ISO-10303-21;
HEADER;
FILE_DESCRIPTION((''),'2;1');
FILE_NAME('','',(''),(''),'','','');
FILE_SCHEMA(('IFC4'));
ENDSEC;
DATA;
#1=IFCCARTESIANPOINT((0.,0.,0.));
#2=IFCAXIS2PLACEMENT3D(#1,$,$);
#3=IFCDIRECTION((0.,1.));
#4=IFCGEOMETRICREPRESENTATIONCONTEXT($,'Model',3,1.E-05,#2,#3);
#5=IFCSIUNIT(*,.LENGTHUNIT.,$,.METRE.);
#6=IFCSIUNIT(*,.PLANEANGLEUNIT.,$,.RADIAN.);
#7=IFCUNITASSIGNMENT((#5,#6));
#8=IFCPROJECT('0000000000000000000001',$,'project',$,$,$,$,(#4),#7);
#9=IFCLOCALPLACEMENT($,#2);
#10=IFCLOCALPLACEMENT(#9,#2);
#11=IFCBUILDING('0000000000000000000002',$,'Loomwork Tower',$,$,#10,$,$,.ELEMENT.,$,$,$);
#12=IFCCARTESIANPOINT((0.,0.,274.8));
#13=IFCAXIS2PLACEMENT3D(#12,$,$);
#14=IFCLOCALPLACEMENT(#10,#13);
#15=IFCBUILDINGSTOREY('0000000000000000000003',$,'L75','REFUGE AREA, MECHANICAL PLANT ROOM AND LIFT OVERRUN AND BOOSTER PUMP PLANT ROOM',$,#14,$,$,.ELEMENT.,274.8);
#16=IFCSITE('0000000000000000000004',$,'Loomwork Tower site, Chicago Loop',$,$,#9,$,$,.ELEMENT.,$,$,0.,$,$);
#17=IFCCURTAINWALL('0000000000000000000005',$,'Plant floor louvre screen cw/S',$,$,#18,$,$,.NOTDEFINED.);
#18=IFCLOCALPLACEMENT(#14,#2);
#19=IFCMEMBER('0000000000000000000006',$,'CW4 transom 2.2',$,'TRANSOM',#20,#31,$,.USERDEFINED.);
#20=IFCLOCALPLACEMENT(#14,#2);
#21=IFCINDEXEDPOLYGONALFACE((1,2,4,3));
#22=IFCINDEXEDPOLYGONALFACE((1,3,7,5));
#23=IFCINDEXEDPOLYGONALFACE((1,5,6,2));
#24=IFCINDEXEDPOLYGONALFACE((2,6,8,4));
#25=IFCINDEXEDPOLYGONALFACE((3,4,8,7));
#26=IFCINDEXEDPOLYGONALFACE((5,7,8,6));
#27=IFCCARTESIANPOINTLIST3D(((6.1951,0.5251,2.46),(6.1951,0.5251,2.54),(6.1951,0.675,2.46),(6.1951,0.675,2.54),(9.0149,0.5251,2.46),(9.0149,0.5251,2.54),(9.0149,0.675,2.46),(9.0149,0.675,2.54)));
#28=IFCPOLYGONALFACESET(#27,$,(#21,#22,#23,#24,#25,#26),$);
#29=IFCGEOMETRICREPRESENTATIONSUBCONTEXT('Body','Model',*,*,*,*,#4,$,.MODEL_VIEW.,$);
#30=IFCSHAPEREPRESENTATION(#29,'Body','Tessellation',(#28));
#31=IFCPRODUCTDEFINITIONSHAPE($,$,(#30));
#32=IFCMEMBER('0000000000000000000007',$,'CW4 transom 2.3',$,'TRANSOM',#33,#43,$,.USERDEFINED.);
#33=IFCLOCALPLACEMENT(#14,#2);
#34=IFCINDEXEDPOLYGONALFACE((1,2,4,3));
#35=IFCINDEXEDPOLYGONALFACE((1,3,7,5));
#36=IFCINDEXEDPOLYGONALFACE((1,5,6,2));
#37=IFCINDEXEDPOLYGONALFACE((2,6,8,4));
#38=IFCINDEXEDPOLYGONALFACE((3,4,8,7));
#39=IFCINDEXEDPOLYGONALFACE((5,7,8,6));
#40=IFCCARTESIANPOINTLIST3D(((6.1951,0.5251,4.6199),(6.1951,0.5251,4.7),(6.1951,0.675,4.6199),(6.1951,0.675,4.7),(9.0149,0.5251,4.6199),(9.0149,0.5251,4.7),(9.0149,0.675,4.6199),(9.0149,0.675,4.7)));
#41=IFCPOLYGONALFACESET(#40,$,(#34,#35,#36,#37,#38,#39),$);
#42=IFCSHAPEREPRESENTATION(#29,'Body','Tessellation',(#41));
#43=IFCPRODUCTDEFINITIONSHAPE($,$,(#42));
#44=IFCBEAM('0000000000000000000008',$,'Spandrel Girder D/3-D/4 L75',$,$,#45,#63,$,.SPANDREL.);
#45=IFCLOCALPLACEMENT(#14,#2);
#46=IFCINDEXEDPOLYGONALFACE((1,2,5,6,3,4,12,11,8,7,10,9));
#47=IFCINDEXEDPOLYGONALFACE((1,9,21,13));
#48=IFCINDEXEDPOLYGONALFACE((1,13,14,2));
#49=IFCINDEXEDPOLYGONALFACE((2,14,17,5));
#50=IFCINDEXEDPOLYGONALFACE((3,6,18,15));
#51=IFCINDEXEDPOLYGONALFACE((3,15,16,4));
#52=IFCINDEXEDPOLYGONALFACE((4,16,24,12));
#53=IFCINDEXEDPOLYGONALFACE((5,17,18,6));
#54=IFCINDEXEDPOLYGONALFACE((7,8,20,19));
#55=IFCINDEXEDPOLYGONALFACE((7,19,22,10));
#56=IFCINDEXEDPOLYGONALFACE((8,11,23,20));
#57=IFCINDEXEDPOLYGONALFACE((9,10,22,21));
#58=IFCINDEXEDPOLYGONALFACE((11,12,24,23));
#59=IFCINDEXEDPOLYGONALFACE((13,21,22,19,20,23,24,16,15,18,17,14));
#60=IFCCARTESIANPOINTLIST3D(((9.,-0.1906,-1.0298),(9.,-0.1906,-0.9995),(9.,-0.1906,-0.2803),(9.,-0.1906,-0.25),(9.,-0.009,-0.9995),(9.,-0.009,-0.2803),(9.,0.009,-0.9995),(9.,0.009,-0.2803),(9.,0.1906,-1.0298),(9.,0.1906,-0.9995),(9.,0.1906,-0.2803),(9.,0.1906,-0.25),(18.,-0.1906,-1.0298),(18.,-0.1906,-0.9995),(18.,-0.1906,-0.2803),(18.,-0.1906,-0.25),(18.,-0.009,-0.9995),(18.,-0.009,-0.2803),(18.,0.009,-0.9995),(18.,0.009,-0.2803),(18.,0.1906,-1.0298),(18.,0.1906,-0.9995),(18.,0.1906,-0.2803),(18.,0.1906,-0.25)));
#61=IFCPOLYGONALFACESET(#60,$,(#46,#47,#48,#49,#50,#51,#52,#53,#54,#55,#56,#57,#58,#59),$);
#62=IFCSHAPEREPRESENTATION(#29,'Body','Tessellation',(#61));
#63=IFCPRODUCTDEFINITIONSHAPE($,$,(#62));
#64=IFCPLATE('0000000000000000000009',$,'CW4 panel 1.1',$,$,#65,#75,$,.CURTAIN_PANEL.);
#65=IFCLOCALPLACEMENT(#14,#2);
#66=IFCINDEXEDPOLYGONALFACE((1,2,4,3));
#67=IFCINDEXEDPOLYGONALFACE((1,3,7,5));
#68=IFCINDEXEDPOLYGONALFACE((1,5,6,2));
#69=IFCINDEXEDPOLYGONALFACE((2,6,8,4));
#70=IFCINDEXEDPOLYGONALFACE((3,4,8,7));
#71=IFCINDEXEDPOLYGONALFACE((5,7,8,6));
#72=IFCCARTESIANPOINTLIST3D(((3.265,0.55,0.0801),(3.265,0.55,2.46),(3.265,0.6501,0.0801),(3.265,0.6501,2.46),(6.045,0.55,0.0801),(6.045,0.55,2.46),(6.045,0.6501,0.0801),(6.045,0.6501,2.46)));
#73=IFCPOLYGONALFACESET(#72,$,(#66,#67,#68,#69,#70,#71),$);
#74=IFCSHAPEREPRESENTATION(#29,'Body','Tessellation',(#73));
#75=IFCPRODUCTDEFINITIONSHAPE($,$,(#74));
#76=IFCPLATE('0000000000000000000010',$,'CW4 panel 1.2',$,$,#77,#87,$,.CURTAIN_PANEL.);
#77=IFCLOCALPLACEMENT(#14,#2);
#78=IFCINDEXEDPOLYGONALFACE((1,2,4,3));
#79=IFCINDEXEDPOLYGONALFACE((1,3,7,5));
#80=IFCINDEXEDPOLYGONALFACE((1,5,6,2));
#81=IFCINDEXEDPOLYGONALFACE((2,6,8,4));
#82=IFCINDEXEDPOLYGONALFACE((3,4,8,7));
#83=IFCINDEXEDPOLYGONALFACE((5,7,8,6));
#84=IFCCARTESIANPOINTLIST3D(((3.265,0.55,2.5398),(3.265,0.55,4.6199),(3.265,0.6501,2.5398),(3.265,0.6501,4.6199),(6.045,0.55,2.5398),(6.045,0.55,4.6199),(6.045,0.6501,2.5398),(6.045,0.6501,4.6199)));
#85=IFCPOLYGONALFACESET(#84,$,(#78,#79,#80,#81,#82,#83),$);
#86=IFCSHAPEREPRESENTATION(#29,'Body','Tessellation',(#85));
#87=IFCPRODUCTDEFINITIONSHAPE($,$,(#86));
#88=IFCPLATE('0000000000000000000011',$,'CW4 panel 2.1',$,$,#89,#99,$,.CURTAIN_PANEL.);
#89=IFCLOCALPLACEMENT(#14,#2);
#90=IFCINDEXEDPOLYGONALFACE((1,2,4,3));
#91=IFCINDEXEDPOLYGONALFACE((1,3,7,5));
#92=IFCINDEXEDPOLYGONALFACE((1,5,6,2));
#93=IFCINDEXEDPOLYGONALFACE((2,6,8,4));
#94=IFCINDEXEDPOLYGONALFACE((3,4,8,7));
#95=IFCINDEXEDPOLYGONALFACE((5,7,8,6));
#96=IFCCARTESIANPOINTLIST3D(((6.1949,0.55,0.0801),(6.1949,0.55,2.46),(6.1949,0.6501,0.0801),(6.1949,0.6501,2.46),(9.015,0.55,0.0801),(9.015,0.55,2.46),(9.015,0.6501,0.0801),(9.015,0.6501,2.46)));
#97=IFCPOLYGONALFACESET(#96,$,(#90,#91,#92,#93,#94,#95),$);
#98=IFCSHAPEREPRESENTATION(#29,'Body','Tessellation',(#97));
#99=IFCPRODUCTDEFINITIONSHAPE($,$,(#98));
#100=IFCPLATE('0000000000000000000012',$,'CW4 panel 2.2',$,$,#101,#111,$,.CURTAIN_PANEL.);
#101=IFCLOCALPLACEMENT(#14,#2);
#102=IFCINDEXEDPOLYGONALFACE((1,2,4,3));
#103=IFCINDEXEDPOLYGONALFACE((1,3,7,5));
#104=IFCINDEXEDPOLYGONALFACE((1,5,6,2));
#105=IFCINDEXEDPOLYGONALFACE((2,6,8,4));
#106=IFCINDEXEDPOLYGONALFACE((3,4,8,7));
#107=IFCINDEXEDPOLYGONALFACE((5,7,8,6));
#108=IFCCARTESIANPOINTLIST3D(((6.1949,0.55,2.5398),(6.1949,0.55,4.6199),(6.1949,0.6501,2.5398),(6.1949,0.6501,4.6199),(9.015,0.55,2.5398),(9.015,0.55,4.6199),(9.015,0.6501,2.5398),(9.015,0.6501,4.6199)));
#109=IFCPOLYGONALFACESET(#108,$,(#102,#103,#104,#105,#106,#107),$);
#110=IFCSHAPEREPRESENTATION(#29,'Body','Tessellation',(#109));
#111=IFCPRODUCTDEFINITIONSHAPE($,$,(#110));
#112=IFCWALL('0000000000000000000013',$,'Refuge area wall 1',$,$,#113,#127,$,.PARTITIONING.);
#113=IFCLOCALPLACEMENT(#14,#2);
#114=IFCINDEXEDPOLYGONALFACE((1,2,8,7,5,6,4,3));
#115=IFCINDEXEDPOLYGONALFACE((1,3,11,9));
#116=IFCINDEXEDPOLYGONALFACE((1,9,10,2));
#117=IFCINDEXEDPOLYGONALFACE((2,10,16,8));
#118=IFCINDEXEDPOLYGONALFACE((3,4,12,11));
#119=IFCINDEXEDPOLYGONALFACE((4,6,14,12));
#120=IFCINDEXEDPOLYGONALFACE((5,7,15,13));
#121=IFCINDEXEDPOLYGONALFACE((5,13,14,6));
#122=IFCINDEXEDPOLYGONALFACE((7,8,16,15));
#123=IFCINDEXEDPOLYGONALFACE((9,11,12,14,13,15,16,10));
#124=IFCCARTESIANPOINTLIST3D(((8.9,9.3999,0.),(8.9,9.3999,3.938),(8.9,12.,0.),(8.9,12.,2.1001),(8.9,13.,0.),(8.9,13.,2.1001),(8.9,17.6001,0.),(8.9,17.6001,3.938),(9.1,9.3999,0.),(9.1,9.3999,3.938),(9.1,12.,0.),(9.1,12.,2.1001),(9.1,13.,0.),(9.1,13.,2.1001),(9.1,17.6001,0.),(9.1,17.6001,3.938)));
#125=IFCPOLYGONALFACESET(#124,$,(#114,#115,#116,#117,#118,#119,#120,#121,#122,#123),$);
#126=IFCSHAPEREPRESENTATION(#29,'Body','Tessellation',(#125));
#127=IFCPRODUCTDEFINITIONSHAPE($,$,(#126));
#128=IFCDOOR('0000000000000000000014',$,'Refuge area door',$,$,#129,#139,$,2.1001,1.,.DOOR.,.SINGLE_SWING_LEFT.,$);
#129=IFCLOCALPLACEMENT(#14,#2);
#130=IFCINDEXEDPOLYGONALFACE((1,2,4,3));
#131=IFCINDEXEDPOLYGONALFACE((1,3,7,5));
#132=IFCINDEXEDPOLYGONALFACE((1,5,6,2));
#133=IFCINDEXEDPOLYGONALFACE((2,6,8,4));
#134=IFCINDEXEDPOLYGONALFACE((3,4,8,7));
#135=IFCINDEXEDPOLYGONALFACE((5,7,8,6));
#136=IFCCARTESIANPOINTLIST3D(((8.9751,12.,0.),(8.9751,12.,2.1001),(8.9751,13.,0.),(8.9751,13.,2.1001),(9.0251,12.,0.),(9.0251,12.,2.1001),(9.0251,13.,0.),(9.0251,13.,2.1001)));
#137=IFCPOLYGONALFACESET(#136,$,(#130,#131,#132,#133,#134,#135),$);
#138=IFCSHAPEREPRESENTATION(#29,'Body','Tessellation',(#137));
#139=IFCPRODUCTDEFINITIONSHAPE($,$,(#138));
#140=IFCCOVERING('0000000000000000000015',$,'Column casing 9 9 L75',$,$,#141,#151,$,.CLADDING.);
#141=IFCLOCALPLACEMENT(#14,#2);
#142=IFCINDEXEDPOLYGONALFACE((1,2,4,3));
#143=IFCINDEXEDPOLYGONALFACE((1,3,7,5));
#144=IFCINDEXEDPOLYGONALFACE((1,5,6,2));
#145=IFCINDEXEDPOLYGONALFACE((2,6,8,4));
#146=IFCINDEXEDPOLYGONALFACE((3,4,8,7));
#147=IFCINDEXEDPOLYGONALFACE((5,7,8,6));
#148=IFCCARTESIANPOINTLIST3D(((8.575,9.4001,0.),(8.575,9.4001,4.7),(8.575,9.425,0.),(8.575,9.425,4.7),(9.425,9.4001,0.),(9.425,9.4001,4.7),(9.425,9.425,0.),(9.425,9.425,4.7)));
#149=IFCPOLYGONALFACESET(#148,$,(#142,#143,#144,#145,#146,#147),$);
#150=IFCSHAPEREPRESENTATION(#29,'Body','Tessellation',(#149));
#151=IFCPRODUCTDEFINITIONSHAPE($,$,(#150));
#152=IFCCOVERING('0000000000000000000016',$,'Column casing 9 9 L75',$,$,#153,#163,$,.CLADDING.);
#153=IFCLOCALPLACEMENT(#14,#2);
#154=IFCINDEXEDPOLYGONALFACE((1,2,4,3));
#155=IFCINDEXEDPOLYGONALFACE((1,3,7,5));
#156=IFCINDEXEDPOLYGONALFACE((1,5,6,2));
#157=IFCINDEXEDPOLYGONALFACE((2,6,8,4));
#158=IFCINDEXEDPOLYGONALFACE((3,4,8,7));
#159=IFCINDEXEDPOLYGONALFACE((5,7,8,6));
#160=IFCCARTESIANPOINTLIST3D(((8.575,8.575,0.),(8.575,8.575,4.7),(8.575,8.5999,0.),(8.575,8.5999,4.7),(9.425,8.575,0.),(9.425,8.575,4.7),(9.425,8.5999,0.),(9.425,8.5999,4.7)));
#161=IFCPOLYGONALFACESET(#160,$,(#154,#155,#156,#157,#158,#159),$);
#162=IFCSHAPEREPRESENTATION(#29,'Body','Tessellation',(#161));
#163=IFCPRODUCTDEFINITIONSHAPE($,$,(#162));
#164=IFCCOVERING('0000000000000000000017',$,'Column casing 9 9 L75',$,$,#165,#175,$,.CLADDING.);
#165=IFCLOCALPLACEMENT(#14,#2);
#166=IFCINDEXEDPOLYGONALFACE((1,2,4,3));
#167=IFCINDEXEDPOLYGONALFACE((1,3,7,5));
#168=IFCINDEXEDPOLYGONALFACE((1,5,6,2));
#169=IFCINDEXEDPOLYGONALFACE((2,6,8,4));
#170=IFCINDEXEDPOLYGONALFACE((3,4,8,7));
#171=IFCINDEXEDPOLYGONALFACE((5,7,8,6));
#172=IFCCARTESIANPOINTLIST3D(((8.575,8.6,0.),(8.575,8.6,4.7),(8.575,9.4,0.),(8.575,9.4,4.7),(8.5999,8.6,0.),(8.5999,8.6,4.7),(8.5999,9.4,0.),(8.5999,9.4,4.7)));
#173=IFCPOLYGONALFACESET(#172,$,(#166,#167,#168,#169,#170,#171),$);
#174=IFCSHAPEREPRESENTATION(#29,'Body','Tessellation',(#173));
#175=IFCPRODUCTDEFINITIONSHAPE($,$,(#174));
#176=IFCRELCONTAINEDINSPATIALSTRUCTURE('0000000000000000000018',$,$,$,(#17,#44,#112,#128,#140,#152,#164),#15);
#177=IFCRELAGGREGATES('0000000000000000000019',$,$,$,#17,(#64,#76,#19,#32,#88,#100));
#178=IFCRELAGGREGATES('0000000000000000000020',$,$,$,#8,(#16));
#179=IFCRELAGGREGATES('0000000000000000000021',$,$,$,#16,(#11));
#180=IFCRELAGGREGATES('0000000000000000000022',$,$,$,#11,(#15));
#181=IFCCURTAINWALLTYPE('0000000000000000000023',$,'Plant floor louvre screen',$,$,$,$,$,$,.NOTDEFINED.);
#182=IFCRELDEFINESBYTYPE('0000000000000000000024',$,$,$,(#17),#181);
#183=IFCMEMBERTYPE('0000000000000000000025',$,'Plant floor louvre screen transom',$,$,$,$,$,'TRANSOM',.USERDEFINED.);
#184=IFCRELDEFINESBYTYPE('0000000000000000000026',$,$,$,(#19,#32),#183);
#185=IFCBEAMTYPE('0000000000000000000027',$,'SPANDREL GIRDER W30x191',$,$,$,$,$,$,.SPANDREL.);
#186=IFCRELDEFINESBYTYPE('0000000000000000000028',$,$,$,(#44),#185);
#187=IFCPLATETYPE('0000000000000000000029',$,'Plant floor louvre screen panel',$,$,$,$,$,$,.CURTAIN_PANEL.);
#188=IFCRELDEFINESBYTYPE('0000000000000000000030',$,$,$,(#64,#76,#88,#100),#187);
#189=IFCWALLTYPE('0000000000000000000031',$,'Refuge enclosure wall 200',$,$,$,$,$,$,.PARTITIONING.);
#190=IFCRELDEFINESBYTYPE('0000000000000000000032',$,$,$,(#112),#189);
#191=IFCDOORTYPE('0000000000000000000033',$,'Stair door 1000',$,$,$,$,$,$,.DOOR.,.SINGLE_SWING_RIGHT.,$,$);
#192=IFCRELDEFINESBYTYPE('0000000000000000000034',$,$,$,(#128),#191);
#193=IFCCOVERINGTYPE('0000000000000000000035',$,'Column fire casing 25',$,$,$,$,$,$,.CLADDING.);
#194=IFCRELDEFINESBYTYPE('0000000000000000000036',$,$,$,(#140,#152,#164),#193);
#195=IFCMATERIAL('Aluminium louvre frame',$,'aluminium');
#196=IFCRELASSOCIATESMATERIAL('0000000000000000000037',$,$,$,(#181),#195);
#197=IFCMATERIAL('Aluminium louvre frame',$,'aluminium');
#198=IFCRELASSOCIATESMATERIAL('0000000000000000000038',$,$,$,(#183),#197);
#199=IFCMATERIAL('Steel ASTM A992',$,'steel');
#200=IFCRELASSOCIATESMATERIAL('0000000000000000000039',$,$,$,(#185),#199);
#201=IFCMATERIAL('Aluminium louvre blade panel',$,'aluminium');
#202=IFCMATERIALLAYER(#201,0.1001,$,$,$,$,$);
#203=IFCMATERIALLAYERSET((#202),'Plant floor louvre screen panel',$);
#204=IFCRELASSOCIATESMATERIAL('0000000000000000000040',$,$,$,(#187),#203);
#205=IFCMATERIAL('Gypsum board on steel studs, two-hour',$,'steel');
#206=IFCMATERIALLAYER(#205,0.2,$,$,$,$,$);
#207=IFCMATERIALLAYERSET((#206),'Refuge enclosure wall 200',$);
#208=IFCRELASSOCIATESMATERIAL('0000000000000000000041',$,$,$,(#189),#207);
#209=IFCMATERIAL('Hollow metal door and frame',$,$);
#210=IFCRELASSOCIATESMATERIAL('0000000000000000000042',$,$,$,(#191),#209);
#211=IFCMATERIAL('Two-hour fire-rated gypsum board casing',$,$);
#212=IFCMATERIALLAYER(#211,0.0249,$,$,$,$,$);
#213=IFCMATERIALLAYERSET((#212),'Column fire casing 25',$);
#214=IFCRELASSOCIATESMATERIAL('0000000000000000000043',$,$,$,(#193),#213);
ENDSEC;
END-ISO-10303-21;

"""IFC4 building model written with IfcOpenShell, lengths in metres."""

from ifc_helpers import new_model, si_unit, direction, frame, frame_2d, origin, origin_2d, place, context, subcontext, project, spatial, rectangle, i_section, extrude, material, layer, layer_set, material_profile, profile_set, type_object, element, fill, aggregate, save


model = new_model("IFC4")

# Units and contexts
model_context = context("Model", 3, precision=1e-05, world=origin(), true_north=direction((0.0, 1.0)))
body_context = subcontext(model_context, "Body", "Model", "MODEL_VIEW")
ifc_project = project(units=[si_unit("LENGTHUNIT", "METRE"), si_unit("PLANEANGLEUNIT", "RADIAN")], contexts=[model_context])

# Site, building, storey
site_placement = place(None, origin())
site = spatial("IfcSite", under=ifc_project, at=site_placement, Name="Loomwork Tower site, Chicago Loop", CompositionType="ELEMENT", RefElevation=0.0)
building_placement = place(site_placement, origin())
building = spatial("IfcBuilding", under=site, at=building_placement, Name="Loomwork Tower", CompositionType="ELEMENT")
storey_placement = place(building_placement, frame((0.0, 0.0, 274.8)))
storey = spatial("IfcBuildingStorey", under=building, at=storey_placement, Name="L75", Description="REFUGE AREA, MECHANICAL PLANT ROOM AND LIFT OVERRUN AND BOOSTER PUMP PLANT ROOM", CompositionType="ELEMENT", Elevation=274.8)

# Curtain wall, members
ifc_material_1 = material(Name="Aluminium louvre frame", Category="aluminium")
curtain_wall_type = type_object("IfcCurtainWallType", Name="Plant floor louvre screen", PredefinedType="NOTDEFINED", material=ifc_material_1)
curtain_wall_placement = place(storey_placement, origin())
curtain_wall = element("IfcCurtainWall", 1, at=curtain_wall_placement, inside=storey, type_object=curtain_wall_type, Name="Plant floor louvre screen cw/S", PredefinedType="NOTDEFINED")
ifc_material_2 = material(Name="Aluminium louvre frame", Category="aluminium")
ifc_material_profile_1 = material_profile(ifc_material_2, rectangle(XDim=0.1499, YDim=0.0801, at=origin_2d()), Name="AL 80x150")
ifc_profile_set_1 = profile_set([ifc_material_profile_1], Name="Aluminium louvre frame")
member_type_1 = type_object("IfcMemberType", Name="Plant floor louvre screen transom", ElementType="TRANSOM", PredefinedType="USERDEFINED", material=ifc_profile_set_1)
member_1_placement = place(storey_placement, frame((6.1951, 0.6001, 2.5), z_axis=(1.0, 0.0, 0.0), x_axis=(0.0, 1.0, 0.0)))
member_1 = element("IfcMember", 2, at=member_1_placement, type_object=member_type_1, Name="CW4 transom 2.2", ObjectType="TRANSOM", PredefinedType="USERDEFINED", context=body_context, shape_type="SweptSolid", body=[
    extrude(rectangle(XDim=0.1499, YDim=0.0801, at=origin_2d()), origin(), (0.0, 0.0, 1.0), 2.8198),
])
member_2_placement = place(storey_placement, frame((6.1951, 0.6001, 4.6599), z_axis=(1.0, 0.0, 0.0), x_axis=(0.0, 1.0, 0.0)))
member_2 = element("IfcMember", 3, at=member_2_placement, type_object=member_type_1, Name="CW4 transom 2.3", ObjectType="TRANSOM", PredefinedType="USERDEFINED", context=body_context, shape_type="SweptSolid", body=[
    extrude(rectangle(XDim=0.1499, YDim=0.0801, at=origin_2d()), origin(), (0.0, 0.0, 1.0), 2.8198),
])

# Beam
ifc_material_3 = material(Name="Steel ASTM A992", Category="steel")
ifc_material_profile_2 = material_profile(ifc_material_3, i_section(OverallWidth=0.3811, OverallDepth=0.7798, WebThickness=0.0181, FlangeThickness=0.0303, at=origin_2d()), Name="W30x191")
ifc_profile_set_2 = profile_set([ifc_material_profile_2], Name="Steel ASTM A992")
beam_type_1 = type_object("IfcBeamType", Name="SPANDREL GIRDER W30x191", PredefinedType="SPANDREL", material=ifc_profile_set_2)
beam_1_placement = place(storey_placement, frame((9.0, 0.0, -0.6399), z_axis=(1.0, 0.0, 0.0), x_axis=(0.0, 1.0, 0.0)))
element("IfcBeam", 4, at=beam_1_placement, inside=storey, type_object=beam_type_1, Name="Spandrel Girder D/3-D/4 L75", PredefinedType="SPANDREL", context=body_context, shape_type="SweptSolid", body=[
    extrude(i_section(OverallWidth=0.3811, OverallDepth=0.7798, WebThickness=0.0181, FlangeThickness=0.0303, at=origin_2d()), origin(), (0.0, 0.0, 1.0), 9.0),
])

# Plates
ifc_material_4 = material(Name="Aluminium louvre blade panel", Category="aluminium")
ifc_layer_1 = layer(ifc_material_4, 0.1001)
ifc_layer_set_1 = layer_set([ifc_layer_1], Name="Plant floor louvre screen panel")
plate_type = type_object("IfcPlateType", Name="Plant floor louvre screen panel", PredefinedType="CURTAIN_PANEL", material=ifc_layer_set_1)
plate_1_placement = place(storey_placement, frame((4.655, 0.6001, 0.0801), z_axis=(0.0, 0.0, 1.0), x_axis=(1.0, 0.0, 0.0)))
plate_1 = element("IfcPlate", 5, at=plate_1_placement, type_object=plate_type, Name="CW4 panel 1.1", PredefinedType="CURTAIN_PANEL", context=body_context, shape_type="SweptSolid", body=[
    extrude(rectangle(XDim=2.78, YDim=0.1001, at=origin_2d()), origin(), (0.0, 0.0, 1.0), 2.3799),
])
plate_2_placement = place(storey_placement, frame((4.655, 0.6001, 2.5398), z_axis=(0.0, 0.0, 1.0), x_axis=(1.0, 0.0, 0.0)))
plate_2 = element("IfcPlate", 6, at=plate_2_placement, type_object=plate_type, Name="CW4 panel 1.2", PredefinedType="CURTAIN_PANEL", context=body_context, shape_type="SweptSolid", body=[
    extrude(rectangle(XDim=2.78, YDim=0.1001, at=origin_2d()), origin(), (0.0, 0.0, 1.0), 2.0801),
])
plate_3_placement = place(storey_placement, frame((7.605, 0.6001, 0.0801), z_axis=(0.0, 0.0, 1.0), x_axis=(1.0, 0.0, 0.0)))
plate_3 = element("IfcPlate", 7, at=plate_3_placement, type_object=plate_type, Name="CW4 panel 2.1", PredefinedType="CURTAIN_PANEL", context=body_context, shape_type="SweptSolid", body=[
    extrude(rectangle(XDim=2.8201, YDim=0.1001, at=origin_2d()), origin(), (0.0, 0.0, 1.0), 2.3799),
])
plate_4_placement = place(storey_placement, frame((7.605, 0.6001, 2.5398), z_axis=(0.0, 0.0, 1.0), x_axis=(1.0, 0.0, 0.0)))
plate_4 = element("IfcPlate", 8, at=plate_4_placement, type_object=plate_type, Name="CW4 panel 2.2", PredefinedType="CURTAIN_PANEL", context=body_context, shape_type="SweptSolid", body=[
    extrude(rectangle(XDim=2.8201, YDim=0.1001, at=origin_2d()), origin(), (0.0, 0.0, 1.0), 2.0801),
])
aggregate(curtain_wall, [plate_1, plate_2, member_1, member_2, plate_3, plate_4])

# Wall, opening, door
ifc_material_5 = material(Name="Gypsum board on steel studs, two-hour", Category="steel")
ifc_layer_2 = layer(ifc_material_5, 0.2)
ifc_layer_set_2 = layer_set([ifc_layer_2], Name="Refuge enclosure wall 200")
wall_type = type_object("IfcWallType", Name="Refuge enclosure wall 200", PredefinedType="PARTITIONING", material=ifc_layer_set_2)
wall_placement = place(storey_placement, frame((9.0, 9.3999, 0.0), z_axis=(0.0, 0.0, 1.0), x_axis=(0.0, 1.0, 0.0)))
wall = element("IfcWall", 9, at=wall_placement, inside=storey, type_object=wall_type, Name="Refuge area wall 1", PredefinedType="PARTITIONING", context=body_context, shape_type="SweptSolid", body=[
    extrude(rectangle(XDim=8.2002, YDim=0.2, at=frame_2d((4.1001, 0.0))), origin(), (0.0, 0.0, 1.0), 3.938),
])
opening_placement = place(wall_placement, frame((2.6001, 0.0, 0.0)))
opening = element("IfcOpeningElement", 10, at=opening_placement, cuts=wall, PredefinedType="OPENING", context=body_context, shape_type="SweptSolid", body=[
    extrude(rectangle(XDim=1.0, YDim=2.1001, at=frame_2d((0.5, 1.05))), frame((0.0, 0.1099, 0.0), z_axis=(0.0, -1.0, 0.0), x_axis=(1.0, 0.0, 0.0)), (0.0, 0.0, 1.0), 0.22),
])
ifc_material_6 = material(Name="Hollow metal door and frame")
door_type = type_object("IfcDoorType", Name="Stair door 1000", OperationType="SINGLE_SWING_RIGHT", PredefinedType="DOOR", material=ifc_material_6)
door_placement = place(opening_placement, origin())
door = element("IfcDoor", 11, at=door_placement, inside=storey, type_object=door_type, Name="Refuge area door", OperationType="SINGLE_SWING_LEFT", OverallHeight=2.1001, OverallWidth=1.0, PredefinedType="DOOR", context=body_context, shape_type="SweptSolid", body=[
    extrude(rectangle(XDim=1.0, YDim=2.1001, at=frame_2d((0.5, 1.05))), frame((0.0, 0.0249, 0.0), z_axis=(0.0, -1.0, 0.0), x_axis=(1.0, 0.0, 0.0)), (0.0, 0.0, 1.0), 0.05),
])
fill(opening, door)

# Coverings
ifc_material_7 = material(Name="Two-hour fire-rated gypsum board casing")
ifc_layer_3 = layer(ifc_material_7, 0.0249)
ifc_layer_set_3 = layer_set([ifc_layer_3], Name="Column fire casing 25")
covering_type_1 = type_object("IfcCoveringType", Name="Column fire casing 25", PredefinedType="CLADDING", material=ifc_layer_set_3)
for number, where, z_axis, x_axis, name in (
    (12, (9.0, 9.4126, 0.0), (0.0, 0.0, 1.0), (1.0, 0.0, 0.0), "Column casing 9 9 L75"),
    (13, (9.0, 8.5874, 0.0), (0.0, 0.0, 1.0), (1.0, 0.0, 0.0), "Column casing 9 9 L75"),
):
    element("IfcCovering", number, at=place(storey_placement, frame(where, z_axis=z_axis, x_axis=x_axis)), inside=storey, type_object=covering_type_1, Name=name, PredefinedType="CLADDING", context=body_context, shape_type="SweptSolid", body=[
        extrude(rectangle(XDim=0.8501, YDim=0.0249, at=origin_2d()), origin(), (0.0, 0.0, 1.0), 4.7),
    ])
covering_1_placement = place(storey_placement, frame((8.5874, 9.0, 0.0), z_axis=(0.0, 0.0, 1.0), x_axis=(1.0, 0.0, 0.0)))
element("IfcCovering", 14, at=covering_1_placement, inside=storey, type_object=covering_type_1, Name="Column casing 9 9 L75", PredefinedType="CLADDING", context=body_context, shape_type="SweptSolid", body=[
    extrude(rectangle(XDim=0.0249, YDim=0.8, at=origin_2d()), origin(), (0.0, 0.0, 1.0), 4.7),
])

save(model, "model.ifc")
